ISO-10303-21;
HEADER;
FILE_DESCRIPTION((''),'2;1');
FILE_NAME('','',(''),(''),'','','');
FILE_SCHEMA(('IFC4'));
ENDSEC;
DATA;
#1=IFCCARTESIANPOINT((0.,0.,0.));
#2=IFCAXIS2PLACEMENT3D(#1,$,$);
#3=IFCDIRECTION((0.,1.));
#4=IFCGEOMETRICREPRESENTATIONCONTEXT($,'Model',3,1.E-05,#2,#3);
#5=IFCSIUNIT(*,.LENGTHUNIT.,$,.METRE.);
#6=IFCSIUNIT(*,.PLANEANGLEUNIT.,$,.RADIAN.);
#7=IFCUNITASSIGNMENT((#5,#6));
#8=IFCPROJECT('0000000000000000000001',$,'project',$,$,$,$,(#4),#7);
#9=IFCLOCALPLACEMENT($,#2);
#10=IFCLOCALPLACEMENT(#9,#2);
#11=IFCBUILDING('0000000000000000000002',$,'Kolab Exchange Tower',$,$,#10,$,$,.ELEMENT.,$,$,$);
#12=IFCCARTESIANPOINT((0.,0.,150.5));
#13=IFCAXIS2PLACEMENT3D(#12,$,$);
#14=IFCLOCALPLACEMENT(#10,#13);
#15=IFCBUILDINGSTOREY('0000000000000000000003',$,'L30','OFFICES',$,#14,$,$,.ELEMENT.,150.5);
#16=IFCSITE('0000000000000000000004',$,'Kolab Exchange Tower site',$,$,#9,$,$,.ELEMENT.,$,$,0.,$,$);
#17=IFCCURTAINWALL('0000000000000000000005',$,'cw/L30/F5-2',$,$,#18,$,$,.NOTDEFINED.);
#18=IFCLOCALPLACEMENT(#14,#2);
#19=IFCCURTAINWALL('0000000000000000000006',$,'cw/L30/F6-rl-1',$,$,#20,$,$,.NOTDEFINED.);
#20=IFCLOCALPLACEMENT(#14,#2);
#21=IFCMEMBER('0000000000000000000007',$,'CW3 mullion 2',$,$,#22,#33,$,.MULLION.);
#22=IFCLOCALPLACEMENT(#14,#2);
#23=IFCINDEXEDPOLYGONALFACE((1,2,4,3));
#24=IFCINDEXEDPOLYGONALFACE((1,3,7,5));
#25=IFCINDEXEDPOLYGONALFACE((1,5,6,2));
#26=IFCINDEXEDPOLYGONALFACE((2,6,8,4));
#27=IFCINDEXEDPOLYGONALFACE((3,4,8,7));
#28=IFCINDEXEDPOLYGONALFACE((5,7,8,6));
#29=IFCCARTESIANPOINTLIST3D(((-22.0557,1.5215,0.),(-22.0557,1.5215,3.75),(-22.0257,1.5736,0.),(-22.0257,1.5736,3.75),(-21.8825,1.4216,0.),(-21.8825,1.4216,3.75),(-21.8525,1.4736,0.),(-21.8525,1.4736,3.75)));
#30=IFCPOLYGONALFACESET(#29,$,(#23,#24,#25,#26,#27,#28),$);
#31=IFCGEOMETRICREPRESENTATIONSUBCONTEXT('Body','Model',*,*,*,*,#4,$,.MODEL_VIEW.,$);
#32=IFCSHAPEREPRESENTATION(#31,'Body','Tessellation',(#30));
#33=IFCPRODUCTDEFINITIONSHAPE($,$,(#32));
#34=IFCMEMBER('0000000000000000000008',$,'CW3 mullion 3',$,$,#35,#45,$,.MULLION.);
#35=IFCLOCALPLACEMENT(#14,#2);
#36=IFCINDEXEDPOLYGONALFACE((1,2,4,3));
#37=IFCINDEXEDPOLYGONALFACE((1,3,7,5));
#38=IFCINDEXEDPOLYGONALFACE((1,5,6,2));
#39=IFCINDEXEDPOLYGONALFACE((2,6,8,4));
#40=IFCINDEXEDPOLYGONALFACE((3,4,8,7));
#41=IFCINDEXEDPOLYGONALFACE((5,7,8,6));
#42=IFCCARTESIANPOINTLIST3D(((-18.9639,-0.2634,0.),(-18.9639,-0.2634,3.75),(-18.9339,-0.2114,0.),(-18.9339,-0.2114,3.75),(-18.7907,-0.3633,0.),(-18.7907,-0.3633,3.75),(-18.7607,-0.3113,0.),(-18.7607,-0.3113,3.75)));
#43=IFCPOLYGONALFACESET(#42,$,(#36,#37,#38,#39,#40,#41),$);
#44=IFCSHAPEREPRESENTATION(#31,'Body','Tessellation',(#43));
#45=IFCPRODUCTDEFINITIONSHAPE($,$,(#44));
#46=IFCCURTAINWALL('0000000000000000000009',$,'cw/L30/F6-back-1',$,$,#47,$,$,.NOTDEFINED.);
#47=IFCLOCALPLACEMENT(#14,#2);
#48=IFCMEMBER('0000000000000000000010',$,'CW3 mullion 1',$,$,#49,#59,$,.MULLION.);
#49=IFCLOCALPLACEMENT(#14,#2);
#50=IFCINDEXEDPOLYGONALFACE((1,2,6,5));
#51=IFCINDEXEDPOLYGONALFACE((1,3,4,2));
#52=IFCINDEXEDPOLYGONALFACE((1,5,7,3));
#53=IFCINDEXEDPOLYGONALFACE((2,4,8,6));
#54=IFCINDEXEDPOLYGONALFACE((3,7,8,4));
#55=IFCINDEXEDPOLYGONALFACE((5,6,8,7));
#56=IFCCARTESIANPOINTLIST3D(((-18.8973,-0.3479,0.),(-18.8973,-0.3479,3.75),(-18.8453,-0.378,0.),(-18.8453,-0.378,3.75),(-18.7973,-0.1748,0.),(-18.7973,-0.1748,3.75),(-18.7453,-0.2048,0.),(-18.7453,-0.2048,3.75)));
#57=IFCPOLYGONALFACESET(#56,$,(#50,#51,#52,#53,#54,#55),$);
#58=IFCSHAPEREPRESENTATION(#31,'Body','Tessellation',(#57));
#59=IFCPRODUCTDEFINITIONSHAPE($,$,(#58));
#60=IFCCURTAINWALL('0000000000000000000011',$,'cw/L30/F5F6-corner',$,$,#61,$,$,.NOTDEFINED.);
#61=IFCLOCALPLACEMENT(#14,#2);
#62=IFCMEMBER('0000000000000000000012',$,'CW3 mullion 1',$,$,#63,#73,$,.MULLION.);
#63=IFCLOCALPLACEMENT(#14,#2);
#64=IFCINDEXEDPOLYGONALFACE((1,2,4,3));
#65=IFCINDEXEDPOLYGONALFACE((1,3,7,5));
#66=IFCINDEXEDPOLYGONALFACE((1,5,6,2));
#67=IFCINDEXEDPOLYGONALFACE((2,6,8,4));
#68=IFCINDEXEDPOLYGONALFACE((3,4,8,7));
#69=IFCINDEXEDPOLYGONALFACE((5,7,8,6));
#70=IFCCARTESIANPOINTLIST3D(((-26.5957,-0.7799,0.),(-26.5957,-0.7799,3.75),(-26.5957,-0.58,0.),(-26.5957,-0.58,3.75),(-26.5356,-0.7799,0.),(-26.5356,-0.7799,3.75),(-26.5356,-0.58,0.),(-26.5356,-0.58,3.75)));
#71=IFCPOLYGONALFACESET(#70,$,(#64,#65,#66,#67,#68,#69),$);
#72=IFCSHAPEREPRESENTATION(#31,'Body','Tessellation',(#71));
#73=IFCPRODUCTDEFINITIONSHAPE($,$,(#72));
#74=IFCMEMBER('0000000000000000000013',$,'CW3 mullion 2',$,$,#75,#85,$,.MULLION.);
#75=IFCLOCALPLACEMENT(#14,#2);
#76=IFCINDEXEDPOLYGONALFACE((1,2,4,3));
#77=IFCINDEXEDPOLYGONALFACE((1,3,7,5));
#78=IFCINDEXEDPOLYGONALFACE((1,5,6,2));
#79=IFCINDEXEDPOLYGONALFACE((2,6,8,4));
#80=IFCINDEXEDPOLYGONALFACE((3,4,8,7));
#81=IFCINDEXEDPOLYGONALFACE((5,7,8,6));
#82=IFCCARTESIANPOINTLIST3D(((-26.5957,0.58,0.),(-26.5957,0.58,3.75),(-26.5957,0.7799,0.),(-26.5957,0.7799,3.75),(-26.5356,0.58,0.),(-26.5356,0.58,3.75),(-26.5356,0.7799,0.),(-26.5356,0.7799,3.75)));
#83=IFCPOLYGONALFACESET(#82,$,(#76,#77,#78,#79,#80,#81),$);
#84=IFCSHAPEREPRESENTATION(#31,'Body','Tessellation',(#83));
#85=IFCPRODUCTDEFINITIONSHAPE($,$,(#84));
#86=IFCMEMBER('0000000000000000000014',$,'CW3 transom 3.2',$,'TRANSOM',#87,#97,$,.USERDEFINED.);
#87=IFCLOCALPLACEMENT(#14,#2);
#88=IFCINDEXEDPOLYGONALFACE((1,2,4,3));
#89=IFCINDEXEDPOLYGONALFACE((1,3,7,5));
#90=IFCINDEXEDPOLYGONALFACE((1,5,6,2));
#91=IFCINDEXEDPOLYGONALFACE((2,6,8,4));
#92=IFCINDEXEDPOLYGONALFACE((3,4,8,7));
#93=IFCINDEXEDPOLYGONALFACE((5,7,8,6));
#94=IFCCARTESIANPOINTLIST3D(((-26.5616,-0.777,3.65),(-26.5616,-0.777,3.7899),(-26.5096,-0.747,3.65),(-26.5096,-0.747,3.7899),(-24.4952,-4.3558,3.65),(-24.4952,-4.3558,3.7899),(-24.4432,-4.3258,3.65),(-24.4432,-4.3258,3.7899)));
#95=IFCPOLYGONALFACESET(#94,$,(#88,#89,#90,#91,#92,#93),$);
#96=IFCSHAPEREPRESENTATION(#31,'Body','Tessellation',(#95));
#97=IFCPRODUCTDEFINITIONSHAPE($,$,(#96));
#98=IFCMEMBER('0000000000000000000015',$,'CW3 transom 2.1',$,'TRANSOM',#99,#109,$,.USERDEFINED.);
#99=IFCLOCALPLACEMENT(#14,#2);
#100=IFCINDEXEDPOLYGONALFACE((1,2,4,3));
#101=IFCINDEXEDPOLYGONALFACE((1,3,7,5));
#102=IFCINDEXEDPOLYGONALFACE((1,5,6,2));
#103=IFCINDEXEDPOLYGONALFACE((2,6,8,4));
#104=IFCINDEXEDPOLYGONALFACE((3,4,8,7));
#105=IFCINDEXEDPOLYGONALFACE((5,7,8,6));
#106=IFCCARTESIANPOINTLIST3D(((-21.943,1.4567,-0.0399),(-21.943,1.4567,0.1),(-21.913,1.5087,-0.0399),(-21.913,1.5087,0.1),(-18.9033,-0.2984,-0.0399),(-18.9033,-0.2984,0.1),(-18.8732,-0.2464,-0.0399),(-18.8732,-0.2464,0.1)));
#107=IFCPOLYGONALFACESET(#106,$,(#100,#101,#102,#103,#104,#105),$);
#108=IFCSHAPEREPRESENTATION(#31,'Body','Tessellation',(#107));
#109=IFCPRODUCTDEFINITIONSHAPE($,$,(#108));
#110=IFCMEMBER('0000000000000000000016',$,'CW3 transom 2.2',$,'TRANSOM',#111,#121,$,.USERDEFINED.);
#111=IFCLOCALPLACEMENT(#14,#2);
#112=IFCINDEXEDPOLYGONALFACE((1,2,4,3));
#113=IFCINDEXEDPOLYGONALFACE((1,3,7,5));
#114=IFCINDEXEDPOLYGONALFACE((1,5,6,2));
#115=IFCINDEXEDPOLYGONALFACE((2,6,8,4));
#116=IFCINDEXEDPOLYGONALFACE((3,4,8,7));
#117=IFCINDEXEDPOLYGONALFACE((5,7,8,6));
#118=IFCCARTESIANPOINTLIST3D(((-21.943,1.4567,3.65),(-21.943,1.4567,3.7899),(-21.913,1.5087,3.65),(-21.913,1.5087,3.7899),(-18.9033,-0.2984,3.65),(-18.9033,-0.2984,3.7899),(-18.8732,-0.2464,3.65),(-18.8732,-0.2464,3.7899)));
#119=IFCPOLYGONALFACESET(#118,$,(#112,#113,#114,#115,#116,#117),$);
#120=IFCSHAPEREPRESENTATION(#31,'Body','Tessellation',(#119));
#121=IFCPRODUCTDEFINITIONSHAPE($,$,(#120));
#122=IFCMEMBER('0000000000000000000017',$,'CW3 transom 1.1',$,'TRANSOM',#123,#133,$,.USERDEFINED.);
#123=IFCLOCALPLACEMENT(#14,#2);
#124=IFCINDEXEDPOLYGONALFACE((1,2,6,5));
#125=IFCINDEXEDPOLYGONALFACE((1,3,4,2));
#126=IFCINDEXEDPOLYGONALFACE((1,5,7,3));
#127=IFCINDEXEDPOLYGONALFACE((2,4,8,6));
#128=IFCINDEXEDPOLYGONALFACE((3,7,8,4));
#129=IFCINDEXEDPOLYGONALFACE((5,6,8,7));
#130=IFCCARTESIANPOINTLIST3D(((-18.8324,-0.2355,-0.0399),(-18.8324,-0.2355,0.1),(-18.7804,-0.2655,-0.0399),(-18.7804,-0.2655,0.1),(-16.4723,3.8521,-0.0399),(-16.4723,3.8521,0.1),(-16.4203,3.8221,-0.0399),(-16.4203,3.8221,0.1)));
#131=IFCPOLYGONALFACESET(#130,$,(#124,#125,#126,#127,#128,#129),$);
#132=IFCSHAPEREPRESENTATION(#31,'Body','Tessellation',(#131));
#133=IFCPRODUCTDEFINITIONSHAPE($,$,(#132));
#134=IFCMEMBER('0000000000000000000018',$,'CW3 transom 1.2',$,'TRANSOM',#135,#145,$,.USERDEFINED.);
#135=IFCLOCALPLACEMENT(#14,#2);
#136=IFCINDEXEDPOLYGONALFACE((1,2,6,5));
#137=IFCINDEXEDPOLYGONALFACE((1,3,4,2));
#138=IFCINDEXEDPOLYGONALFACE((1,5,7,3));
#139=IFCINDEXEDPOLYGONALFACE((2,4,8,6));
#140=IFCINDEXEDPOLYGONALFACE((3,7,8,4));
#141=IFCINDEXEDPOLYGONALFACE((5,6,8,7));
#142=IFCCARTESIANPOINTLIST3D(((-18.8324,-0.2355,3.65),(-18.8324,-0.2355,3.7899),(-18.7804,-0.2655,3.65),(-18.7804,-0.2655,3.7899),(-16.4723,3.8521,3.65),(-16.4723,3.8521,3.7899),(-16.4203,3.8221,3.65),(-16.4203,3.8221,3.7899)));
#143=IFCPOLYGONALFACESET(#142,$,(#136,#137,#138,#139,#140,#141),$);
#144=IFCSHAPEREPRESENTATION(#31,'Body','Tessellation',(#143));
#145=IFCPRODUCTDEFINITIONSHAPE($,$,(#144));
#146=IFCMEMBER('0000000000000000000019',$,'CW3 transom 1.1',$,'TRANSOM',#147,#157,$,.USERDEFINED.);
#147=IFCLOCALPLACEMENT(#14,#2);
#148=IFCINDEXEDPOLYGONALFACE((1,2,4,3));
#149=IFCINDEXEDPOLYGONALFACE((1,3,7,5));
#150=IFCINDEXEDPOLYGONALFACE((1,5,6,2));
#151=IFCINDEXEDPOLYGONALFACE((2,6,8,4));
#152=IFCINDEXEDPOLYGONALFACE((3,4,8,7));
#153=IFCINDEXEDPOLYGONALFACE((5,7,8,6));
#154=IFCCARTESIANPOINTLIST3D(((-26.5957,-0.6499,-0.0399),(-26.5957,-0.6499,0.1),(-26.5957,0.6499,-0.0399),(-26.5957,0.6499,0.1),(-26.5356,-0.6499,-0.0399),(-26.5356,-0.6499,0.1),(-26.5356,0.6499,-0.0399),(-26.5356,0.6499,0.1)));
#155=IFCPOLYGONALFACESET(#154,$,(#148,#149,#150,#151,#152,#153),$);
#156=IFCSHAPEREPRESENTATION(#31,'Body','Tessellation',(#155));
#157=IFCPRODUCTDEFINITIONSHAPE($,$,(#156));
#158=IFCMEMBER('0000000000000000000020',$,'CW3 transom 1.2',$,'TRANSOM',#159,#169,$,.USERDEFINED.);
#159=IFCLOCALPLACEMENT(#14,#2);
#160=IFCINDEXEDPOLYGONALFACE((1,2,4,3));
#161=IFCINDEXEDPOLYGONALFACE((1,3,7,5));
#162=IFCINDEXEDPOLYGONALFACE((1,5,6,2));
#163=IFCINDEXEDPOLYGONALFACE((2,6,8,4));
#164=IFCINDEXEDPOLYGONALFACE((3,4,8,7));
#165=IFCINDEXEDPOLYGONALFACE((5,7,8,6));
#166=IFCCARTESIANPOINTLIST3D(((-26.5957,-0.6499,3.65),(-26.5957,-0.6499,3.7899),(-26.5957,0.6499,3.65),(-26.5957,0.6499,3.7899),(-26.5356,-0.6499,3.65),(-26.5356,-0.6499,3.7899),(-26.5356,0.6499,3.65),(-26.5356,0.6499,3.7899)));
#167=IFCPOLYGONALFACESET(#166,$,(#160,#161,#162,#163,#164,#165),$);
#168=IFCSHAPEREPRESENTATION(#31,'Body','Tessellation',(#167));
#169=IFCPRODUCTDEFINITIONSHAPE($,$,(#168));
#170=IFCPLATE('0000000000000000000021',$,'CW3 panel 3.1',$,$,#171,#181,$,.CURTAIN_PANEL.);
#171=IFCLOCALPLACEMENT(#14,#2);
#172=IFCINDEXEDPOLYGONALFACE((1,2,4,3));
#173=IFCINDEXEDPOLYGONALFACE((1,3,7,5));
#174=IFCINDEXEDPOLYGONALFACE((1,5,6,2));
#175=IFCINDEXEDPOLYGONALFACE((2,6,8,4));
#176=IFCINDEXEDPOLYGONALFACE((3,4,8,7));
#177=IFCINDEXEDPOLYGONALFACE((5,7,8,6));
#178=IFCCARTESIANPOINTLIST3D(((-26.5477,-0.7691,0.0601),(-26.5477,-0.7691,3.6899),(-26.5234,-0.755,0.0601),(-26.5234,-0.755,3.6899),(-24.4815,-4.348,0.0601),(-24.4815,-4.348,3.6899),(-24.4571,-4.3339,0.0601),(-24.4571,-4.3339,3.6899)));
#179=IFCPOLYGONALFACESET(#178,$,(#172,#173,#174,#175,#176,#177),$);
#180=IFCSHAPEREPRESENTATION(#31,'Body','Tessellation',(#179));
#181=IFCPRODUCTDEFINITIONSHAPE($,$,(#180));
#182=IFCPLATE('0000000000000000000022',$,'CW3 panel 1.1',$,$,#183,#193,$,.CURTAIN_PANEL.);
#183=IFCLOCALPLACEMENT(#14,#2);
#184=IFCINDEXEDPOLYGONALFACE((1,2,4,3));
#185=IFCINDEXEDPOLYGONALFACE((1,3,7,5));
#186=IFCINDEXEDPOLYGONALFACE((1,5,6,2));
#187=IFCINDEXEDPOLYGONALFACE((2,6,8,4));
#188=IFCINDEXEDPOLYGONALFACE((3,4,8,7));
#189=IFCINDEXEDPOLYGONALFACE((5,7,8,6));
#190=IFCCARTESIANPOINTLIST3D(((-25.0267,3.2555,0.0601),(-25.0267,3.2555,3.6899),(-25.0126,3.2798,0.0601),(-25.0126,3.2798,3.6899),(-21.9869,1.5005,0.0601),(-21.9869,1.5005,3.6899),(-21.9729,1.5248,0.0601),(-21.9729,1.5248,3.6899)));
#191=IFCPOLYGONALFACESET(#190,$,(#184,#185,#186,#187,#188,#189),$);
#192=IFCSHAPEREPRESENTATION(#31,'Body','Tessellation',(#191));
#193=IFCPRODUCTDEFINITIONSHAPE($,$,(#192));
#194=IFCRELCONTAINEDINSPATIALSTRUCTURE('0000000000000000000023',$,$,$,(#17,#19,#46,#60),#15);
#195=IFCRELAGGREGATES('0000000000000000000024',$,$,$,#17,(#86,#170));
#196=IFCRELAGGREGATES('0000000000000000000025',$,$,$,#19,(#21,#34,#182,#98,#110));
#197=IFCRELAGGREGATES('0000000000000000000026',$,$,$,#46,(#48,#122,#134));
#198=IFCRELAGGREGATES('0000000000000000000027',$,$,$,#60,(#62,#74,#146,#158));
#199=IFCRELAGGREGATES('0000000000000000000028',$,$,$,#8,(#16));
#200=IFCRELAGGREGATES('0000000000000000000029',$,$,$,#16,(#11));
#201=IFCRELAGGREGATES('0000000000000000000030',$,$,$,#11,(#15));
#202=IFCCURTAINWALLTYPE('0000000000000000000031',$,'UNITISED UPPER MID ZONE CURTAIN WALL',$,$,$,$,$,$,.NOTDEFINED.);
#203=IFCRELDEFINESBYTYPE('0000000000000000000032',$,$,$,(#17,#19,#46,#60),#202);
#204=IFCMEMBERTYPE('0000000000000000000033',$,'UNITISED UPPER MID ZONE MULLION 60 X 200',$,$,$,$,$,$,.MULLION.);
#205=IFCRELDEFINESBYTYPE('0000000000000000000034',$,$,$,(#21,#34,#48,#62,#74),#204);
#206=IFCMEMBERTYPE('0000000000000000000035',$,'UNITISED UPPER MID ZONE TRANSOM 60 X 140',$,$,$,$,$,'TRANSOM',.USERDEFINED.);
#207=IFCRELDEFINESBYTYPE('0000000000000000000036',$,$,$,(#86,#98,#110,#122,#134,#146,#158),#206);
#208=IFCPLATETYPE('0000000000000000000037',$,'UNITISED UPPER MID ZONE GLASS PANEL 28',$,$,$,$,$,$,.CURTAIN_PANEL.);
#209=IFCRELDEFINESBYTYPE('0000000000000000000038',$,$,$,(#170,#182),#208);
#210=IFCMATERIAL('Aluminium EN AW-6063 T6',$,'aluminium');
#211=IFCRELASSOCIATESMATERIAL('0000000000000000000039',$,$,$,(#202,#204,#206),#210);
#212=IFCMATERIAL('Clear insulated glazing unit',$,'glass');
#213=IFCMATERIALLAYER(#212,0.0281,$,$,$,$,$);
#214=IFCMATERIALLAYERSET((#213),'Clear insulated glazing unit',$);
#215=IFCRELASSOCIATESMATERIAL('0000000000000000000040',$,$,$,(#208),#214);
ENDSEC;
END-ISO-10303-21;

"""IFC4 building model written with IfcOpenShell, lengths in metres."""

from ifc_helpers import new_model, si_unit, direction, frame, origin, origin_2d, place, context, subcontext, project, spatial, rectangle, extrude, material, layer, layer_set, material_profile, profile_set, type_object, element, aggregate, save


model = new_model("IFC4")

# Units and contexts
model_context = context("Model", 3, precision=1e-05, world=origin(), true_north=direction((0.0, 1.0)))
body_context = subcontext(model_context, "Body", "Model", "MODEL_VIEW")
ifc_project = project(units=[si_unit("LENGTHUNIT", "METRE"), si_unit("PLANEANGLEUNIT", "RADIAN")], contexts=[model_context])

# Site, building, storey
site_placement = place(None, origin())
site = spatial("IfcSite", under=ifc_project, at=site_placement, Name="Kolab Exchange Tower site", CompositionType="ELEMENT", RefElevation=0.0)
building_placement = place(site_placement, origin())
building = spatial("IfcBuilding", under=site, at=building_placement, Name="Kolab Exchange Tower", CompositionType="ELEMENT")
storey_placement = place(building_placement, frame((0.0, 0.0, 150.5)))
storey = spatial("IfcBuildingStorey", under=building, at=storey_placement, Name="L30", Description="OFFICES", CompositionType="ELEMENT", Elevation=150.5)

# Curtain wall
ifc_material_1 = material(Name="Aluminium EN AW-6063 T6", Category="aluminium")
curtain_wall_type = type_object("IfcCurtainWallType", Name="UNITISED UPPER MID ZONE CURTAIN WALL", PredefinedType="NOTDEFINED", material=ifc_material_1)
curtain_wall_1_placement = place(storey_placement, origin())
curtain_wall_1 = element("IfcCurtainWall", 1, at=curtain_wall_1_placement, inside=storey, type_object=curtain_wall_type, Name="cw/L30/F5-2", PredefinedType="NOTDEFINED")
ifc_material_profile_1 = material_profile(ifc_material_1, rectangle(XDim=0.0601, YDim=0.2, at=origin_2d()), Name="RECT 60X200")
ifc_profile_set_1 = profile_set([ifc_material_profile_1], Name="Aluminium EN AW-6063 T6")
member_type_1 = type_object("IfcMemberType", Name="UNITISED UPPER MID ZONE MULLION 60 X 200", PredefinedType="MULLION", material=ifc_profile_set_1)

# Curtain wall, members
curtain_wall_2_placement = place(storey_placement, origin())
curtain_wall_2 = element("IfcCurtainWall", 2, at=curtain_wall_2_placement, inside=storey, type_object=curtain_wall_type, Name="cw/L30/F6-rl-1", PredefinedType="NOTDEFINED")
member_1_placement = place(storey_placement, frame((-21.9541, 1.4976, 0.0), z_axis=(0.0, 0.0, 1.0), x_axis=(0.5, 0.866025, 0.0)))
member_1 = element("IfcMember", 3, at=member_1_placement, type_object=member_type_1, Name="CW3 mullion 2", PredefinedType="MULLION", context=body_context, shape_type="SweptSolid", body=[
    extrude(rectangle(XDim=0.0601, YDim=0.2, at=origin_2d()), origin(), (0.0, 0.0, 1.0), 3.75),
])
member_2_placement = place(storey_placement, frame((-18.8623, -0.2874, 0.0), z_axis=(0.0, 0.0, 1.0), x_axis=(0.5, 0.866025, 0.0)))
member_2 = element("IfcMember", 4, at=member_2_placement, type_object=member_type_1, Name="CW3 mullion 3", PredefinedType="MULLION", context=body_context, shape_type="SweptSolid", body=[
    extrude(rectangle(XDim=0.0601, YDim=0.2, at=origin_2d()), origin(), (0.0, 0.0, 1.0), 3.75),
])

# Curtain wall, member
curtain_wall_3_placement = place(storey_placement, origin())
curtain_wall_3 = element("IfcCurtainWall", 5, at=curtain_wall_3_placement, inside=storey, type_object=curtain_wall_type, Name="cw/L30/F6-back-1", PredefinedType="NOTDEFINED")
member_3_placement = place(storey_placement, frame((-18.8213, -0.2764, 0.0), z_axis=(0.0, 0.0, 1.0), x_axis=(-0.866025, 0.5, 0.0)))
member_3 = element("IfcMember", 6, at=member_3_placement, type_object=member_type_1, Name="CW3 mullion 1", PredefinedType="MULLION", context=body_context, shape_type="SweptSolid", body=[
    extrude(rectangle(XDim=0.0601, YDim=0.2, at=origin_2d()), origin(), (0.0, 0.0, 1.0), 3.75),
])

# Curtain wall, members
curtain_wall_4_placement = place(storey_placement, origin())
curtain_wall_4 = element("IfcCurtainWall", 7, at=curtain_wall_4_placement, inside=storey, type_object=curtain_wall_type, Name="cw/L30/F5F6-corner", PredefinedType="NOTDEFINED")
member_4_placement = place(storey_placement, frame((-26.5657, -0.6799, 0.0), z_axis=(0.0, 0.0, 1.0), x_axis=(-1.0, 0.0, 0.0)))
member_4 = element("IfcMember", 8, at=member_4_placement, type_object=member_type_1, Name="CW3 mullion 1", PredefinedType="MULLION", context=body_context, shape_type="SweptSolid", body=[
    extrude(rectangle(XDim=0.0601, YDim=0.2, at=origin_2d()), origin(), (0.0, 0.0, 1.0), 3.75),
])
member_5_placement = place(storey_placement, frame((-26.5657, 0.6799, 0.0), z_axis=(0.0, 0.0, 1.0), x_axis=(-1.0, 0.0, 0.0)))
member_5 = element("IfcMember", 9, at=member_5_placement, type_object=member_type_1, Name="CW3 mullion 2", PredefinedType="MULLION", context=body_context, shape_type="SweptSolid", body=[
    extrude(rectangle(XDim=0.0601, YDim=0.2, at=origin_2d()), origin(), (0.0, 0.0, 1.0), 3.75),
])

# Members
ifc_material_profile_2 = material_profile(ifc_material_1, rectangle(XDim=0.0601, YDim=0.1399, at=origin_2d()), Name="RECT 60X140")
ifc_profile_set_2 = profile_set([ifc_material_profile_2], Name="Aluminium EN AW-6063 T6")
member_type_2 = type_object("IfcMemberType", Name="UNITISED UPPER MID ZONE TRANSOM 60 X 140", ElementType="TRANSOM", PredefinedType="USERDEFINED", material=ifc_profile_set_2)
member_6_placement = place(storey_placement, frame((-24.4692, -4.3408, 3.72), z_axis=(-0.500028, 0.866009, 0.0), x_axis=(-0.866009, -0.500028, 0.0)))
member_6 = element("IfcMember", 10, at=member_6_placement, type_object=member_type_2, Name="CW3 transom 3.2", ObjectType="TRANSOM", PredefinedType="USERDEFINED", context=body_context, shape_type="SweptSolid", body=[
    extrude(rectangle(XDim=0.0601, YDim=0.1399, at=origin_2d()), origin(), (0.0, 0.0, 1.0), 4.1326),
])
member_7_placement = place(storey_placement, frame((-21.928, 1.4827, 0.03), z_axis=(0.866013, -0.500021, 0.0), x_axis=(0.500021, 0.866013, 0.0)))
member_7 = element("IfcMember", 11, at=member_7_placement, type_object=member_type_2, Name="CW3 transom 2.1", ObjectType="TRANSOM", PredefinedType="USERDEFINED", context=body_context, shape_type="SweptSolid", body=[
    extrude(rectangle(XDim=0.0601, YDim=0.1399, at=origin_2d()), origin(), (0.0, 0.0, 1.0), 3.51),
])
member_8_placement = place(storey_placement, frame((-21.928, 1.4827, 3.72), z_axis=(0.866013, -0.500021, 0.0), x_axis=(0.500021, 0.866013, 0.0)))
member_8 = element("IfcMember", 12, at=member_8_placement, type_object=member_type_2, Name="CW3 transom 2.2", ObjectType="TRANSOM", PredefinedType="USERDEFINED", context=body_context, shape_type="SweptSolid", body=[
    extrude(rectangle(XDim=0.0601, YDim=0.1399, at=origin_2d()), origin(), (0.0, 0.0, 1.0), 3.51),
])
member_9_placement = place(storey_placement, frame((-18.8064, -0.2505, 0.03), z_axis=(0.500016, 0.866016, 0.0), x_axis=(-0.866016, 0.500016, 0.0)))
member_9 = element("IfcMember", 13, at=member_9_placement, type_object=member_type_2, Name="CW3 transom 1.1", ObjectType="TRANSOM", PredefinedType="USERDEFINED", context=body_context, shape_type="SweptSolid", body=[
    extrude(rectangle(XDim=0.0601, YDim=0.1399, at=origin_2d()), origin(), (0.0, 0.0, 1.0), 4.72),
])
member_10_placement = place(storey_placement, frame((-18.8064, -0.2505, 3.72), z_axis=(0.500016, 0.866016, 0.0), x_axis=(-0.866016, 0.500016, 0.0)))
member_10 = element("IfcMember", 14, at=member_10_placement, type_object=member_type_2, Name="CW3 transom 1.2", ObjectType="TRANSOM", PredefinedType="USERDEFINED", context=body_context, shape_type="SweptSolid", body=[
    extrude(rectangle(XDim=0.0601, YDim=0.1399, at=origin_2d()), origin(), (0.0, 0.0, 1.0), 4.72),
])
member_11_placement = place(storey_placement, frame((-26.5657, -0.6499, 0.03), z_axis=(0.0, 1.0, 0.0), x_axis=(-1.0, 0.0, 0.0)))
member_11 = element("IfcMember", 15, at=member_11_placement, type_object=member_type_2, Name="CW3 transom 1.1", ObjectType="TRANSOM", PredefinedType="USERDEFINED", context=body_context, shape_type="SweptSolid", body=[
    extrude(rectangle(XDim=0.0601, YDim=0.1399, at=origin_2d()), origin(), (0.0, 0.0, 1.0), 1.2998),
])
member_12_placement = place(storey_placement, frame((-26.5657, -0.6499, 3.72), z_axis=(0.0, 1.0, 0.0), x_axis=(-1.0, 0.0, 0.0)))
member_12 = element("IfcMember", 16, at=member_12_placement, type_object=member_type_2, Name="CW3 transom 1.2", ObjectType="TRANSOM", PredefinedType="USERDEFINED", context=body_context, shape_type="SweptSolid", body=[
    extrude(rectangle(XDim=0.0601, YDim=0.1399, at=origin_2d()), origin(), (0.0, 0.0, 1.0), 1.2998),
])

# Plates
ifc_material_2 = material(Name="Clear insulated glazing unit", Category="glass")
ifc_layer_1 = layer(ifc_material_2, 0.0281)
ifc_layer_set_1 = layer_set([ifc_layer_1], Name="Clear insulated glazing unit")
plate_type = type_object("IfcPlateType", Name="UNITISED UPPER MID ZONE GLASS PANEL 28", PredefinedType="CURTAIN_PANEL", material=ifc_layer_set_1)
plate_1_placement = place(storey_placement, frame((-25.5024, -2.5515, 0.0601), z_axis=(0.0, 0.0, 1.0), x_axis=(-0.5, 0.866025, 0.0)))
plate_1 = element("IfcPlate", 17, at=plate_1_placement, type_object=plate_type, Name="CW3 panel 3.1", PredefinedType="CURTAIN_PANEL", context=body_context, shape_type="SweptSolid", body=[
    extrude(rectangle(XDim=4.1326, YDim=0.0281, at=origin_2d()), origin(), (0.0, 0.0, 1.0), 3.6299),
])
aggregate(curtain_wall_1, [member_6, plate_1])
plate_2_placement = place(storey_placement, frame((-23.4998, 2.3901, 0.0601), z_axis=(0.0, 0.0, 1.0), x_axis=(0.866025, -0.5, 0.0)))
plate_2 = element("IfcPlate", 18, at=plate_2_placement, type_object=plate_type, Name="CW3 panel 1.1", PredefinedType="CURTAIN_PANEL", context=body_context, shape_type="SweptSolid", body=[
    extrude(rectangle(XDim=3.51, YDim=0.0281, at=origin_2d()), origin(), (0.0, 0.0, 1.0), 3.6299),
])
aggregate(curtain_wall_2, [member_1, member_2, plate_2, member_7, member_8])
aggregate(curtain_wall_3, [member_3, member_9, member_10])
aggregate(curtain_wall_4, [member_4, member_5, member_11, member_12])

save(model, "model.ifc")
